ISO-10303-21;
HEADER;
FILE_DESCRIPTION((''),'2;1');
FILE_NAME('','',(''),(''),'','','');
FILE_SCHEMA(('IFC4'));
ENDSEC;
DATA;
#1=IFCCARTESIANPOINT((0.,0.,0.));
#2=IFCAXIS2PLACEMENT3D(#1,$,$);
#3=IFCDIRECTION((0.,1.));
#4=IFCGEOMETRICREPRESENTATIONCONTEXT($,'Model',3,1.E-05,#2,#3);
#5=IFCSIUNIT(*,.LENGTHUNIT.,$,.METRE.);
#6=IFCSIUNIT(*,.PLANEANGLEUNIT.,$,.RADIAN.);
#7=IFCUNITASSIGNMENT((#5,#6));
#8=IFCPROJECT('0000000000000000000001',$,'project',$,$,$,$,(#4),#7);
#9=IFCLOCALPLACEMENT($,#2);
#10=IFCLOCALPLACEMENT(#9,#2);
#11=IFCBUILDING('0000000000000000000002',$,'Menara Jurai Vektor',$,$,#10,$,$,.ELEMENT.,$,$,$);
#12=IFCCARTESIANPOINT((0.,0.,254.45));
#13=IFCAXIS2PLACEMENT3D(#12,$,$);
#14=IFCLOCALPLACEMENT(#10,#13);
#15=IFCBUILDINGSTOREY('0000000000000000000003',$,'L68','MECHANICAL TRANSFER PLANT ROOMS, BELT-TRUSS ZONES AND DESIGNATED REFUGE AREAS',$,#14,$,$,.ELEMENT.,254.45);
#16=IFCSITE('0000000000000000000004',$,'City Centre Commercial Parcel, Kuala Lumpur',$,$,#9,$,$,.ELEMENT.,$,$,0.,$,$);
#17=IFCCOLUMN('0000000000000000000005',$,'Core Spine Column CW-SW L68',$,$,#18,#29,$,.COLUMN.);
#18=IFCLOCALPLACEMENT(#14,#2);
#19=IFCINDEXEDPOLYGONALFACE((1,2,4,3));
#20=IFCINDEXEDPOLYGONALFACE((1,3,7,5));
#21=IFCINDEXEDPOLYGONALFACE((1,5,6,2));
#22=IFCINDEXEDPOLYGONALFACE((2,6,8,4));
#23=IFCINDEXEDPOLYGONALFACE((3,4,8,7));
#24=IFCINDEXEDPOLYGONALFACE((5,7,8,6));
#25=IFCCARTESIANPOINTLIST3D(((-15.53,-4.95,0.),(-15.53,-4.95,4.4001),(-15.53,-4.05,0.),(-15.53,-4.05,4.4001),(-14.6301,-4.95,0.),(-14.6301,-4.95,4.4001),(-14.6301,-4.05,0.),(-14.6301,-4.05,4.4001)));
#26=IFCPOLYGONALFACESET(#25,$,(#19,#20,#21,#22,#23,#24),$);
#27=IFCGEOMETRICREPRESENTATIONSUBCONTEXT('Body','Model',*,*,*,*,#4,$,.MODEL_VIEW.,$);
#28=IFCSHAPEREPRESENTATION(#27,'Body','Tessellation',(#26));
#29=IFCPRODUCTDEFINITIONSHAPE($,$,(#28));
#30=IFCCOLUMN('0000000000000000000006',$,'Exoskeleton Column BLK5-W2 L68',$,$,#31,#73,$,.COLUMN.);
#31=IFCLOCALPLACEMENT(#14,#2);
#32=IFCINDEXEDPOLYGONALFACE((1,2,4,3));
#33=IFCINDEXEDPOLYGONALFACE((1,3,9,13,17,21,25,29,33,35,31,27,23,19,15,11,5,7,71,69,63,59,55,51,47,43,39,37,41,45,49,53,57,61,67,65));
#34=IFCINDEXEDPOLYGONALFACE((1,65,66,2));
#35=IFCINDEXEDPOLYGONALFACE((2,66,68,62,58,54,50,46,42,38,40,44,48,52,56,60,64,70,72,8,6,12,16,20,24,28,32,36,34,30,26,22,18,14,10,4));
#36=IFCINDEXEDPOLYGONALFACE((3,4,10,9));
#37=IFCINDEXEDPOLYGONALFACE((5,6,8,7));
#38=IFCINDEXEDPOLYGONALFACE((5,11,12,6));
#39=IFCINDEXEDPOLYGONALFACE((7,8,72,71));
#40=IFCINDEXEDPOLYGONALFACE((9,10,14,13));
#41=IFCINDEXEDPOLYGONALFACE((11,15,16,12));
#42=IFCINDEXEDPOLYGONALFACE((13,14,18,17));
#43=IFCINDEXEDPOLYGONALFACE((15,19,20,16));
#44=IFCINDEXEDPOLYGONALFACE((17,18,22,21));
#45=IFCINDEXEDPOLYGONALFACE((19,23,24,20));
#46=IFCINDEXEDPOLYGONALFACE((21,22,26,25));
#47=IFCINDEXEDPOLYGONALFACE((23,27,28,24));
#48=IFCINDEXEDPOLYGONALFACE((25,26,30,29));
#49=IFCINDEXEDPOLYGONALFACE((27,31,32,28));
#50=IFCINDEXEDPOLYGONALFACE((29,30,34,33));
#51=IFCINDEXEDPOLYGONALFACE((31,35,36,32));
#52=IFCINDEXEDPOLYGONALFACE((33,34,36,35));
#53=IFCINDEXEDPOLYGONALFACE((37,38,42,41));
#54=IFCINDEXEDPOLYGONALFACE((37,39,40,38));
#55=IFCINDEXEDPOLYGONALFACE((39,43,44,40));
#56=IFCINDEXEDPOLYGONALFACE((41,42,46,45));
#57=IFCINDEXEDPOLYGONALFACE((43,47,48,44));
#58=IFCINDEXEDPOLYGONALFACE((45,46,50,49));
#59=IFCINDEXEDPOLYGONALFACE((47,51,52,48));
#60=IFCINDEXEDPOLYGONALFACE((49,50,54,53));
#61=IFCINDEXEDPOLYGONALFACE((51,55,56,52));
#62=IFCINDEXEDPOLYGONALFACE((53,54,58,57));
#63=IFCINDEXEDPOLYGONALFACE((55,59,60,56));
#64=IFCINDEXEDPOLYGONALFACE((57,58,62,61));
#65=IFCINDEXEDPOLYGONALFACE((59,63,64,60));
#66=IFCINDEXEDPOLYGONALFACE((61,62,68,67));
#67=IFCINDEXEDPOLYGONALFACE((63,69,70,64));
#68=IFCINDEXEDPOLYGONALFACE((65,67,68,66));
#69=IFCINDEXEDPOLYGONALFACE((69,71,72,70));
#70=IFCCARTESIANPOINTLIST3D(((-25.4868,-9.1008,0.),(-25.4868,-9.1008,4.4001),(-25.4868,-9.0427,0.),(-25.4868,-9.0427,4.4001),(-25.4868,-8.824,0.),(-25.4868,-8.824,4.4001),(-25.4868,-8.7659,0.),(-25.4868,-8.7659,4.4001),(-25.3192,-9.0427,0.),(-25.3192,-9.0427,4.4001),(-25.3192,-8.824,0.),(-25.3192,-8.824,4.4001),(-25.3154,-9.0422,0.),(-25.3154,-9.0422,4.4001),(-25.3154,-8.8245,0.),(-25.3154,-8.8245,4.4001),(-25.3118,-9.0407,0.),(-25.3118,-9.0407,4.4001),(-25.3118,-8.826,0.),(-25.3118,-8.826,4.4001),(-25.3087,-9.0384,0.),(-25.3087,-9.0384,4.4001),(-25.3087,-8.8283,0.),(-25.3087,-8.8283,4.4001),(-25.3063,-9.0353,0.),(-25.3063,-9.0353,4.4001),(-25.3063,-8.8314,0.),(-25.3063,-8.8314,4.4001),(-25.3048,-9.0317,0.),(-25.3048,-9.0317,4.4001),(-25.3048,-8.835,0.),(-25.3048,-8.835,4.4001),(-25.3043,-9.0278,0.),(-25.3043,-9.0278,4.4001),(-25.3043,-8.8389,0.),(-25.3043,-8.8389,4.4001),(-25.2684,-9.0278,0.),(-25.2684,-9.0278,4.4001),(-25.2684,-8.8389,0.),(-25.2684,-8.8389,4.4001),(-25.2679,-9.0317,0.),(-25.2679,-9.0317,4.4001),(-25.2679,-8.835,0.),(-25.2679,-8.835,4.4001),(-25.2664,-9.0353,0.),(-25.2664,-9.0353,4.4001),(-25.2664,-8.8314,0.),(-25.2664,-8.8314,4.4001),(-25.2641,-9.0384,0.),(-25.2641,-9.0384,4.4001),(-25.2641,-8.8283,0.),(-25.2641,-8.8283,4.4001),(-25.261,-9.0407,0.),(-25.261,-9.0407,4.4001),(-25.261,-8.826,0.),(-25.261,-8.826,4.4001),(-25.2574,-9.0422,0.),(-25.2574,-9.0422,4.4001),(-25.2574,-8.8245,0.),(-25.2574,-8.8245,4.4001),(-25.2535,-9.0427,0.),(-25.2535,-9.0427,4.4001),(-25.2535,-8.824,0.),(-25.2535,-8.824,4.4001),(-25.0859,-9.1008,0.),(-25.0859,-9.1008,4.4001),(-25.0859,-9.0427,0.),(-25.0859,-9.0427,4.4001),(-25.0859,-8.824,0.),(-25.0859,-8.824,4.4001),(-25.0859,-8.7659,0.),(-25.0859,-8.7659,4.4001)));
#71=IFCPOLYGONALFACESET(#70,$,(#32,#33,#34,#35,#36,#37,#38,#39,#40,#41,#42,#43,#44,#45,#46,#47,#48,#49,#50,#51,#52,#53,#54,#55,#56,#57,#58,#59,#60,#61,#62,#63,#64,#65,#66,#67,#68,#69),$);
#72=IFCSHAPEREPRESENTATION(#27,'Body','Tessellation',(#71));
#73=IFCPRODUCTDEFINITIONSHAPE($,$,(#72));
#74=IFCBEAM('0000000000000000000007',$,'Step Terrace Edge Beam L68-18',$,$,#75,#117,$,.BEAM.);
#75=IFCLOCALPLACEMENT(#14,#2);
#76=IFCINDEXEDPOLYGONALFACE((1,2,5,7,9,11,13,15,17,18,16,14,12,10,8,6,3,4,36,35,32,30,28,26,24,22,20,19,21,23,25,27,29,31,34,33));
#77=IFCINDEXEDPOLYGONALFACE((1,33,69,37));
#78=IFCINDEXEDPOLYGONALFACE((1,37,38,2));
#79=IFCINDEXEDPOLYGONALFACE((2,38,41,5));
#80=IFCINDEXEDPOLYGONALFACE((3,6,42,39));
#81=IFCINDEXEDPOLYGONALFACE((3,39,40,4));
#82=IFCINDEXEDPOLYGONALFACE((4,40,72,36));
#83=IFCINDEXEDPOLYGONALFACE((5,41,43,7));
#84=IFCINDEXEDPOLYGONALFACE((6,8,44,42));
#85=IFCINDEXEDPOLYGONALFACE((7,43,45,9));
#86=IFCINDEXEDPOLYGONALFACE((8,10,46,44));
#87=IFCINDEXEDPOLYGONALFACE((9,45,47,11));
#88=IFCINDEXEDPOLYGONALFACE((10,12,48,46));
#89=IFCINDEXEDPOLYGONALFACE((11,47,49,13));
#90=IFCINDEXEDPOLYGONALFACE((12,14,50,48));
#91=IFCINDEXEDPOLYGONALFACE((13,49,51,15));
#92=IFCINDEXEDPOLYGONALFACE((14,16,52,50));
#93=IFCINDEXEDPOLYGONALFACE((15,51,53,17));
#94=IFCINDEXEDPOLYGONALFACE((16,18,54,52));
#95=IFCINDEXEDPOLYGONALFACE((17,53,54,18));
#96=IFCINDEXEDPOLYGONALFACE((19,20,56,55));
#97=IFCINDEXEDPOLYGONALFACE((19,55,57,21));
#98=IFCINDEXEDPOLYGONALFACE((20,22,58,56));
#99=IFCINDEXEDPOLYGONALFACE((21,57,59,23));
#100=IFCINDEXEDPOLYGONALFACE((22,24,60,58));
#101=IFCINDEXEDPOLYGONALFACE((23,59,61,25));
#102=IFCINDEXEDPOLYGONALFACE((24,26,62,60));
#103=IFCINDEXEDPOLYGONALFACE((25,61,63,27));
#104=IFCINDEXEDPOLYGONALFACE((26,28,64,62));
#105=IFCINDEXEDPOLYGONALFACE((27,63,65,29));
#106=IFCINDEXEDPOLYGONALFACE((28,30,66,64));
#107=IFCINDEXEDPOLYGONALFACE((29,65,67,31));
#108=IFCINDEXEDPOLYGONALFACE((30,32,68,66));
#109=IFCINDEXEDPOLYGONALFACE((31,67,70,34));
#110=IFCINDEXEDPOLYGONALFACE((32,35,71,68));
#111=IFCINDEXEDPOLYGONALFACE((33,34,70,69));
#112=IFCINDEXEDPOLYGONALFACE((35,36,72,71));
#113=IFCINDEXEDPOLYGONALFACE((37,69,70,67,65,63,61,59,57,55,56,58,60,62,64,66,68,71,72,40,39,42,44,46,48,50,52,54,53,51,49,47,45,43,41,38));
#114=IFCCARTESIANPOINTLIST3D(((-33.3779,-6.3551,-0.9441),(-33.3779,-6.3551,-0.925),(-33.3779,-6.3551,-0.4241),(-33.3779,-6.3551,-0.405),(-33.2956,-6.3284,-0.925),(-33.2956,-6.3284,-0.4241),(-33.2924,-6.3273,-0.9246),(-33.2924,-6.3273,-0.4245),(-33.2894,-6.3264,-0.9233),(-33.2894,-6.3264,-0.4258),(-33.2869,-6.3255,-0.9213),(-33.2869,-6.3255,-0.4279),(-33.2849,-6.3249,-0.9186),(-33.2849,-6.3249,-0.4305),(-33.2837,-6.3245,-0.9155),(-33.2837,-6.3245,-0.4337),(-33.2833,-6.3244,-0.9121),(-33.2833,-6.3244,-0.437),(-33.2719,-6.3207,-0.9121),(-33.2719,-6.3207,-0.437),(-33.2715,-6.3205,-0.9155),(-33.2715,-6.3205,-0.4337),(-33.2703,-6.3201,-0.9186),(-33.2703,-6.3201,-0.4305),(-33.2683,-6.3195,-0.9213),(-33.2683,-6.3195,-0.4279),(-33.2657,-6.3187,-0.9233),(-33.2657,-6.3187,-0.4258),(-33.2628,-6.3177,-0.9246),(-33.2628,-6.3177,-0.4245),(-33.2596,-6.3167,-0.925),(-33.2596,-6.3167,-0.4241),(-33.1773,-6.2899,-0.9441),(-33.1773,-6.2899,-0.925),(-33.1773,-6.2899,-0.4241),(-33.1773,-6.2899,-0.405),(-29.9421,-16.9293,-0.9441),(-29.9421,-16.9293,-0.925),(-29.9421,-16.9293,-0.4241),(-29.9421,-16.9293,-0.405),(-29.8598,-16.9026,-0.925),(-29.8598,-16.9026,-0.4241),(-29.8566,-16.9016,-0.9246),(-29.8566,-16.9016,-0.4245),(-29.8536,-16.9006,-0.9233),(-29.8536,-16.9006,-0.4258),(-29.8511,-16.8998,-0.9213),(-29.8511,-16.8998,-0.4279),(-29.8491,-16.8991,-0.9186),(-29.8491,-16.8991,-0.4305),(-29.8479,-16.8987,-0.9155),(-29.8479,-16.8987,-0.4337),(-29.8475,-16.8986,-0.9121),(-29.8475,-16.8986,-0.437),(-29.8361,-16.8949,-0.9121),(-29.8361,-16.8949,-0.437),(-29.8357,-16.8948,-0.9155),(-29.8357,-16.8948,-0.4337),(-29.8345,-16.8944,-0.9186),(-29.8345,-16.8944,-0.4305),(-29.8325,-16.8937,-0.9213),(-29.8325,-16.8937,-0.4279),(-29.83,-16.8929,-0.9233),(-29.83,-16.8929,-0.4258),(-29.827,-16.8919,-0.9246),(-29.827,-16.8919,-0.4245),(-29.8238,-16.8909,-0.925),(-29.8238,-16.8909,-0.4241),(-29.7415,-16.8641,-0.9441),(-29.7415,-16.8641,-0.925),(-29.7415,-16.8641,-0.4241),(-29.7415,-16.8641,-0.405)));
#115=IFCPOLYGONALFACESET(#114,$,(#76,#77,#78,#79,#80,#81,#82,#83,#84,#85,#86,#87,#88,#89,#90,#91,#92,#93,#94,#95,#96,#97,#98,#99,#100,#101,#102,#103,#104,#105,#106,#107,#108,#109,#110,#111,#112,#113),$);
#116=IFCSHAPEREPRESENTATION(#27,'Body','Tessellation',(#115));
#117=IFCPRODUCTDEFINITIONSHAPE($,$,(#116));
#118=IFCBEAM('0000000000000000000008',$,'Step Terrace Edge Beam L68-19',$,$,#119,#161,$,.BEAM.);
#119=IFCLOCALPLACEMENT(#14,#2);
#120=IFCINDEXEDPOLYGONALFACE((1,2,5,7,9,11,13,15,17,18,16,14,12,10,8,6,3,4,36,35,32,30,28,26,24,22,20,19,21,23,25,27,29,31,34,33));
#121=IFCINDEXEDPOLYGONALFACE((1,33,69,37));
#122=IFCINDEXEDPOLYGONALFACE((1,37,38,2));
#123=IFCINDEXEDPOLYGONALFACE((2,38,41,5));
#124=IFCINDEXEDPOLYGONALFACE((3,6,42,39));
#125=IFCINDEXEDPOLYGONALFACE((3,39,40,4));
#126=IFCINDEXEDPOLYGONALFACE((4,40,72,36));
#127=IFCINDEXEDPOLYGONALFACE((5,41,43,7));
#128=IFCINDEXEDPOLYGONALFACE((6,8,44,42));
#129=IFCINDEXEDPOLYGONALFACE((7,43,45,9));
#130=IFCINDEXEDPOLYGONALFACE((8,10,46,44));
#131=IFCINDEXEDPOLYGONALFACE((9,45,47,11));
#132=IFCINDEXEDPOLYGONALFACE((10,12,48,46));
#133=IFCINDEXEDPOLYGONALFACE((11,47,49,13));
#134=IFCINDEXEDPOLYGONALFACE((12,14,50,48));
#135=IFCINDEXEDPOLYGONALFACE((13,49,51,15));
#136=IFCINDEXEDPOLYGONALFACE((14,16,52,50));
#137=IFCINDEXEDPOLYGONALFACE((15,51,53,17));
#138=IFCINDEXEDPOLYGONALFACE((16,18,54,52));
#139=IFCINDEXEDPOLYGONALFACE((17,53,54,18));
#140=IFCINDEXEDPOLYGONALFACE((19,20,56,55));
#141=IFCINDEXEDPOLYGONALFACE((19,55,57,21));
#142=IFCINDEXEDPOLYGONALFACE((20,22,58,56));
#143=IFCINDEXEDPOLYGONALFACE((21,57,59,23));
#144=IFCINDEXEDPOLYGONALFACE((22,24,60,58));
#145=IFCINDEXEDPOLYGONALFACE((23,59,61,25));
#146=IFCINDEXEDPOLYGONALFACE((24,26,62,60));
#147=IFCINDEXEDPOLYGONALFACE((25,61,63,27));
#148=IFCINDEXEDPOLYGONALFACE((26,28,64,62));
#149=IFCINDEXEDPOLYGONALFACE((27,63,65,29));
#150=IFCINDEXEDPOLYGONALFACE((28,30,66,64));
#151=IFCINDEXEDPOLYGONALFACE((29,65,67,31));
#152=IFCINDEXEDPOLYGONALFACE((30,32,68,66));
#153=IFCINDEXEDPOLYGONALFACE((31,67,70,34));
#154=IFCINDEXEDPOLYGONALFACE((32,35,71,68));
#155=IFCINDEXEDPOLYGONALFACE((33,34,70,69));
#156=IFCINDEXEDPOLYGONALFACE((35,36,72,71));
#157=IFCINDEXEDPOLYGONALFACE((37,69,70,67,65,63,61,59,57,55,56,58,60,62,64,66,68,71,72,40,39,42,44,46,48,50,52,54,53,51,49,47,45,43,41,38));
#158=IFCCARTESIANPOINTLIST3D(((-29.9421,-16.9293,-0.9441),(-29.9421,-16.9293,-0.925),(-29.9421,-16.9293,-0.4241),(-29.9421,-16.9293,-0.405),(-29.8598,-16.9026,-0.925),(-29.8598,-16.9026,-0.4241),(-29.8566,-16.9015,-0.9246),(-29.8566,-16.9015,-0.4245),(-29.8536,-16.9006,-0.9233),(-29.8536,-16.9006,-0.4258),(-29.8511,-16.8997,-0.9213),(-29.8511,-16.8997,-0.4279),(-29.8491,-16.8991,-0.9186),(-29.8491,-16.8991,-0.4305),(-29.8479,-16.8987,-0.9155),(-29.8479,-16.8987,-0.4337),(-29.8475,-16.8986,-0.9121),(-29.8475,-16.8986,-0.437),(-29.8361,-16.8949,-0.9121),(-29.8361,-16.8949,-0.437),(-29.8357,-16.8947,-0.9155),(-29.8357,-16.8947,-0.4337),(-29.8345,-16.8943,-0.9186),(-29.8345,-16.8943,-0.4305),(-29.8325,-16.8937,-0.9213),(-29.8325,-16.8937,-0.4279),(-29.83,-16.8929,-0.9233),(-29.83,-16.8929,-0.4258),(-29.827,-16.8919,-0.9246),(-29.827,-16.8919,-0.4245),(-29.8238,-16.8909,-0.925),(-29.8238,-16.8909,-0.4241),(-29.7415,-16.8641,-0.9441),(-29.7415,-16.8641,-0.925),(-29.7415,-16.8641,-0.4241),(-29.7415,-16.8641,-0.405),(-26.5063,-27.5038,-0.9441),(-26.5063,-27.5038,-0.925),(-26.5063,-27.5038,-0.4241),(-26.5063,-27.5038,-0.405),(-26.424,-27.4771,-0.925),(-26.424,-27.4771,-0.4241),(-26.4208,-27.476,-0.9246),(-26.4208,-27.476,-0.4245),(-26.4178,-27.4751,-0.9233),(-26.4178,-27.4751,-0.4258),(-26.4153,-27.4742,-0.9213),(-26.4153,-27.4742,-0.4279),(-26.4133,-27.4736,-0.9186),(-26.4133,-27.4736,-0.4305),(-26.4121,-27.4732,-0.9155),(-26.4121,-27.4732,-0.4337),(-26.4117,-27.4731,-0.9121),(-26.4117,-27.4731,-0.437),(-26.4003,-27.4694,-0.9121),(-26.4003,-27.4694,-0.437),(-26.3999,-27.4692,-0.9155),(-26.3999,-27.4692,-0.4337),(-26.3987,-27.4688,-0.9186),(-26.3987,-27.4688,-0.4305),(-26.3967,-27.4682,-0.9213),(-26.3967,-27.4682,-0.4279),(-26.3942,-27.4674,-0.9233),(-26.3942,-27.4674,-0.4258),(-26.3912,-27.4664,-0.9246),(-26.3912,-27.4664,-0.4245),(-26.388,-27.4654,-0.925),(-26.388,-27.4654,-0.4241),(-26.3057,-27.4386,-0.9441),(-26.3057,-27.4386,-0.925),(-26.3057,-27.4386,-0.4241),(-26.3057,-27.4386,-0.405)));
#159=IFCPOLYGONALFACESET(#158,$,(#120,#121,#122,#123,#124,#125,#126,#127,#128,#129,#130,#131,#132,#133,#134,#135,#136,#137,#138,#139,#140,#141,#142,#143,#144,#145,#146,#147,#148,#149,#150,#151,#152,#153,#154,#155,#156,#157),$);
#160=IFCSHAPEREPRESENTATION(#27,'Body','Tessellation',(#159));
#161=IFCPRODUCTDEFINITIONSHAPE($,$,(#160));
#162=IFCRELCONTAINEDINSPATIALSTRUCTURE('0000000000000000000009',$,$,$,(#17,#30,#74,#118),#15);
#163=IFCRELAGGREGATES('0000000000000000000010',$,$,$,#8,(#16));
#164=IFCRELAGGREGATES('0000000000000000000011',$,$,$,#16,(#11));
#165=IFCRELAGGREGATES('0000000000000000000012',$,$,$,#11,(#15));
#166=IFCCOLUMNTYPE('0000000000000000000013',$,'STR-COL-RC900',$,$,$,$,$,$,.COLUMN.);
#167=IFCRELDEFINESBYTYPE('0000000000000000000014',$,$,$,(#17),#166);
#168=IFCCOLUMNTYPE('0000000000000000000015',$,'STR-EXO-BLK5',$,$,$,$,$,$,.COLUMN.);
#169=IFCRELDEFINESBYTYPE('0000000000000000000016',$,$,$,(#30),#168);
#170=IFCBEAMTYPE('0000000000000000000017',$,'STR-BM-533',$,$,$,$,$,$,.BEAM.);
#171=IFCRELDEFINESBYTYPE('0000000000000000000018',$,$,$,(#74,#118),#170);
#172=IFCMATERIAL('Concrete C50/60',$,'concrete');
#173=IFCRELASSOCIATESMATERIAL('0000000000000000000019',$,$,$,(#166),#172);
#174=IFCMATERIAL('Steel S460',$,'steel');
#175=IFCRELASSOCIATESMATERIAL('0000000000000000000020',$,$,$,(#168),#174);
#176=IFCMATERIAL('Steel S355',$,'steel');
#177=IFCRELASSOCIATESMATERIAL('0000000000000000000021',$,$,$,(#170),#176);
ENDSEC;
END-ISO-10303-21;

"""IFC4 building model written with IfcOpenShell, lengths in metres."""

from ifc_helpers import new_model, si_unit, direction, frame, origin, origin_2d, place, context, subcontext, project, spatial, rectangle, i_section, extrude, material, material_profile, profile_set, type_object, element, save


model = new_model("IFC4")

# Units and contexts
model_context = context("Model", 3, precision=1e-05, world=origin(), true_north=direction((0.0, 1.0)))
body_context = subcontext(model_context, "Body", "Model", "MODEL_VIEW")
ifc_project = project(units=[si_unit("LENGTHUNIT", "METRE"), si_unit("PLANEANGLEUNIT", "RADIAN")], contexts=[model_context])

# Site, building, storey
site_placement = place(None, origin())
site = spatial("IfcSite", under=ifc_project, at=site_placement, Name="City Centre Commercial Parcel, Kuala Lumpur", CompositionType="ELEMENT", RefElevation=0.0)
building_placement = place(site_placement, origin())
building = spatial("IfcBuilding", under=site, at=building_placement, Name="Menara Jurai Vektor", CompositionType="ELEMENT")
storey_placement = place(building_placement, frame((0.0, 0.0, 254.45)))
storey = spatial("IfcBuildingStorey", under=building, at=storey_placement, Name="L68", Description="MECHANICAL TRANSFER PLANT ROOMS, BELT-TRUSS ZONES AND DESIGNATED REFUGE AREAS", CompositionType="ELEMENT", Elevation=254.45)

# Columns
ifc_material_1 = material(Name="Concrete C50/60", Category="concrete")
ifc_material_profile_1 = material_profile(ifc_material_1, rectangle(XDim=0.8999, YDim=0.8999, at=origin_2d()), Name="RC 900x900")
ifc_profile_set_1 = profile_set([ifc_material_profile_1], Name="Concrete C50/60")
column_type_1 = type_object("IfcColumnType", Name="STR-COL-RC900", PredefinedType="COLUMN", material=ifc_profile_set_1)
column_1_placement = place(storey_placement, frame((-15.0801, -4.5, 0.0), z_axis=(0.0, 0.0, 1.0), x_axis=(1.0, 0.0, 0.0)))
element("IfcColumn", 1, at=column_1_placement, inside=storey, type_object=column_type_1, Name="Core Spine Column CW-SW L68", PredefinedType="COLUMN", context=body_context, shape_type="SweptSolid", body=[
    extrude(rectangle(XDim=0.8999, YDim=0.8999, at=origin_2d()), origin(), (0.0, 0.0, 1.0), 4.4001),
])
ifc_material_2 = material(Name="Steel S460", Category="steel")
ifc_material_profile_2 = material_profile(ifc_material_2, i_section(OverallWidth=0.4009, OverallDepth=0.335, WebThickness=0.0359, FlangeThickness=0.0581, FilletRadius=0.0149, at=origin_2d()), Name="HD 400x463")
ifc_profile_set_2 = profile_set([ifc_material_profile_2], Name="Steel S460")
column_type_2 = type_object("IfcColumnType", Name="STR-EXO-BLK5", PredefinedType="COLUMN", material=ifc_profile_set_2)
column_2_placement = place(storey_placement, frame((-25.2864, -8.9333, 0.0), z_axis=(0.0, 0.0, 1.0), x_axis=(1.0, 0.0, 0.0)))
element("IfcColumn", 2, at=column_2_placement, inside=storey, type_object=column_type_2, Name="Exoskeleton Column BLK5-W2 L68", PredefinedType="COLUMN", context=body_context, shape_type="SweptSolid", body=[
    extrude(i_section(OverallWidth=0.4009, OverallDepth=0.335, WebThickness=0.0359, FlangeThickness=0.0581, FilletRadius=0.0149, at=origin_2d()), origin(), (0.0, 0.0, 1.0), 4.4001),
])

# Beams
ifc_material_3 = material(Name="Steel S355", Category="steel")
ifc_material_profile_3 = material_profile(ifc_material_3, i_section(OverallWidth=0.2109, OverallDepth=0.5391, WebThickness=0.012, FlangeThickness=0.019, FilletRadius=0.0129, at=origin_2d()), Name="UKB 533x210x109")
ifc_profile_set_3 = profile_set([ifc_material_profile_3], Name="Steel S355")
beam_type_1 = type_object("IfcBeamType", Name="STR-BM-533", PredefinedType="BEAM", material=ifc_profile_set_3)
beam_1_placement = place(storey_placement, frame((-33.2776, -6.3225, -0.6746), z_axis=(0.309019, -0.951056, 0.0), x_axis=(0.951056, 0.309019, 0.0)))
element("IfcBeam", 3, at=beam_1_placement, inside=storey, type_object=beam_type_1, Name="Step Terrace Edge Beam L68-18", PredefinedType="BEAM", context=body_context, shape_type="SweptSolid", body=[
    extrude(i_section(OverallWidth=0.2109, OverallDepth=0.5391, WebThickness=0.012, FlangeThickness=0.019, FilletRadius=0.0129, at=origin_2d()), origin(), (0.0, 0.0, 1.0), 11.1184),
])
beam_2_placement = place(storey_placement, frame((-29.8418, -16.8967, -0.6746), z_axis=(0.309012, -0.951058, 0.0), x_axis=(0.951058, 0.309012, 0.0)))
element("IfcBeam", 4, at=beam_2_placement, inside=storey, type_object=beam_type_1, Name="Step Terrace Edge Beam L68-19", PredefinedType="BEAM", context=body_context, shape_type="SweptSolid", body=[
    extrude(i_section(OverallWidth=0.2109, OverallDepth=0.5391, WebThickness=0.012, FlangeThickness=0.019, FilletRadius=0.0129, at=origin_2d()), origin(), (0.0, 0.0, 1.0), 11.1187),
])

save(model, "model.ifc")
